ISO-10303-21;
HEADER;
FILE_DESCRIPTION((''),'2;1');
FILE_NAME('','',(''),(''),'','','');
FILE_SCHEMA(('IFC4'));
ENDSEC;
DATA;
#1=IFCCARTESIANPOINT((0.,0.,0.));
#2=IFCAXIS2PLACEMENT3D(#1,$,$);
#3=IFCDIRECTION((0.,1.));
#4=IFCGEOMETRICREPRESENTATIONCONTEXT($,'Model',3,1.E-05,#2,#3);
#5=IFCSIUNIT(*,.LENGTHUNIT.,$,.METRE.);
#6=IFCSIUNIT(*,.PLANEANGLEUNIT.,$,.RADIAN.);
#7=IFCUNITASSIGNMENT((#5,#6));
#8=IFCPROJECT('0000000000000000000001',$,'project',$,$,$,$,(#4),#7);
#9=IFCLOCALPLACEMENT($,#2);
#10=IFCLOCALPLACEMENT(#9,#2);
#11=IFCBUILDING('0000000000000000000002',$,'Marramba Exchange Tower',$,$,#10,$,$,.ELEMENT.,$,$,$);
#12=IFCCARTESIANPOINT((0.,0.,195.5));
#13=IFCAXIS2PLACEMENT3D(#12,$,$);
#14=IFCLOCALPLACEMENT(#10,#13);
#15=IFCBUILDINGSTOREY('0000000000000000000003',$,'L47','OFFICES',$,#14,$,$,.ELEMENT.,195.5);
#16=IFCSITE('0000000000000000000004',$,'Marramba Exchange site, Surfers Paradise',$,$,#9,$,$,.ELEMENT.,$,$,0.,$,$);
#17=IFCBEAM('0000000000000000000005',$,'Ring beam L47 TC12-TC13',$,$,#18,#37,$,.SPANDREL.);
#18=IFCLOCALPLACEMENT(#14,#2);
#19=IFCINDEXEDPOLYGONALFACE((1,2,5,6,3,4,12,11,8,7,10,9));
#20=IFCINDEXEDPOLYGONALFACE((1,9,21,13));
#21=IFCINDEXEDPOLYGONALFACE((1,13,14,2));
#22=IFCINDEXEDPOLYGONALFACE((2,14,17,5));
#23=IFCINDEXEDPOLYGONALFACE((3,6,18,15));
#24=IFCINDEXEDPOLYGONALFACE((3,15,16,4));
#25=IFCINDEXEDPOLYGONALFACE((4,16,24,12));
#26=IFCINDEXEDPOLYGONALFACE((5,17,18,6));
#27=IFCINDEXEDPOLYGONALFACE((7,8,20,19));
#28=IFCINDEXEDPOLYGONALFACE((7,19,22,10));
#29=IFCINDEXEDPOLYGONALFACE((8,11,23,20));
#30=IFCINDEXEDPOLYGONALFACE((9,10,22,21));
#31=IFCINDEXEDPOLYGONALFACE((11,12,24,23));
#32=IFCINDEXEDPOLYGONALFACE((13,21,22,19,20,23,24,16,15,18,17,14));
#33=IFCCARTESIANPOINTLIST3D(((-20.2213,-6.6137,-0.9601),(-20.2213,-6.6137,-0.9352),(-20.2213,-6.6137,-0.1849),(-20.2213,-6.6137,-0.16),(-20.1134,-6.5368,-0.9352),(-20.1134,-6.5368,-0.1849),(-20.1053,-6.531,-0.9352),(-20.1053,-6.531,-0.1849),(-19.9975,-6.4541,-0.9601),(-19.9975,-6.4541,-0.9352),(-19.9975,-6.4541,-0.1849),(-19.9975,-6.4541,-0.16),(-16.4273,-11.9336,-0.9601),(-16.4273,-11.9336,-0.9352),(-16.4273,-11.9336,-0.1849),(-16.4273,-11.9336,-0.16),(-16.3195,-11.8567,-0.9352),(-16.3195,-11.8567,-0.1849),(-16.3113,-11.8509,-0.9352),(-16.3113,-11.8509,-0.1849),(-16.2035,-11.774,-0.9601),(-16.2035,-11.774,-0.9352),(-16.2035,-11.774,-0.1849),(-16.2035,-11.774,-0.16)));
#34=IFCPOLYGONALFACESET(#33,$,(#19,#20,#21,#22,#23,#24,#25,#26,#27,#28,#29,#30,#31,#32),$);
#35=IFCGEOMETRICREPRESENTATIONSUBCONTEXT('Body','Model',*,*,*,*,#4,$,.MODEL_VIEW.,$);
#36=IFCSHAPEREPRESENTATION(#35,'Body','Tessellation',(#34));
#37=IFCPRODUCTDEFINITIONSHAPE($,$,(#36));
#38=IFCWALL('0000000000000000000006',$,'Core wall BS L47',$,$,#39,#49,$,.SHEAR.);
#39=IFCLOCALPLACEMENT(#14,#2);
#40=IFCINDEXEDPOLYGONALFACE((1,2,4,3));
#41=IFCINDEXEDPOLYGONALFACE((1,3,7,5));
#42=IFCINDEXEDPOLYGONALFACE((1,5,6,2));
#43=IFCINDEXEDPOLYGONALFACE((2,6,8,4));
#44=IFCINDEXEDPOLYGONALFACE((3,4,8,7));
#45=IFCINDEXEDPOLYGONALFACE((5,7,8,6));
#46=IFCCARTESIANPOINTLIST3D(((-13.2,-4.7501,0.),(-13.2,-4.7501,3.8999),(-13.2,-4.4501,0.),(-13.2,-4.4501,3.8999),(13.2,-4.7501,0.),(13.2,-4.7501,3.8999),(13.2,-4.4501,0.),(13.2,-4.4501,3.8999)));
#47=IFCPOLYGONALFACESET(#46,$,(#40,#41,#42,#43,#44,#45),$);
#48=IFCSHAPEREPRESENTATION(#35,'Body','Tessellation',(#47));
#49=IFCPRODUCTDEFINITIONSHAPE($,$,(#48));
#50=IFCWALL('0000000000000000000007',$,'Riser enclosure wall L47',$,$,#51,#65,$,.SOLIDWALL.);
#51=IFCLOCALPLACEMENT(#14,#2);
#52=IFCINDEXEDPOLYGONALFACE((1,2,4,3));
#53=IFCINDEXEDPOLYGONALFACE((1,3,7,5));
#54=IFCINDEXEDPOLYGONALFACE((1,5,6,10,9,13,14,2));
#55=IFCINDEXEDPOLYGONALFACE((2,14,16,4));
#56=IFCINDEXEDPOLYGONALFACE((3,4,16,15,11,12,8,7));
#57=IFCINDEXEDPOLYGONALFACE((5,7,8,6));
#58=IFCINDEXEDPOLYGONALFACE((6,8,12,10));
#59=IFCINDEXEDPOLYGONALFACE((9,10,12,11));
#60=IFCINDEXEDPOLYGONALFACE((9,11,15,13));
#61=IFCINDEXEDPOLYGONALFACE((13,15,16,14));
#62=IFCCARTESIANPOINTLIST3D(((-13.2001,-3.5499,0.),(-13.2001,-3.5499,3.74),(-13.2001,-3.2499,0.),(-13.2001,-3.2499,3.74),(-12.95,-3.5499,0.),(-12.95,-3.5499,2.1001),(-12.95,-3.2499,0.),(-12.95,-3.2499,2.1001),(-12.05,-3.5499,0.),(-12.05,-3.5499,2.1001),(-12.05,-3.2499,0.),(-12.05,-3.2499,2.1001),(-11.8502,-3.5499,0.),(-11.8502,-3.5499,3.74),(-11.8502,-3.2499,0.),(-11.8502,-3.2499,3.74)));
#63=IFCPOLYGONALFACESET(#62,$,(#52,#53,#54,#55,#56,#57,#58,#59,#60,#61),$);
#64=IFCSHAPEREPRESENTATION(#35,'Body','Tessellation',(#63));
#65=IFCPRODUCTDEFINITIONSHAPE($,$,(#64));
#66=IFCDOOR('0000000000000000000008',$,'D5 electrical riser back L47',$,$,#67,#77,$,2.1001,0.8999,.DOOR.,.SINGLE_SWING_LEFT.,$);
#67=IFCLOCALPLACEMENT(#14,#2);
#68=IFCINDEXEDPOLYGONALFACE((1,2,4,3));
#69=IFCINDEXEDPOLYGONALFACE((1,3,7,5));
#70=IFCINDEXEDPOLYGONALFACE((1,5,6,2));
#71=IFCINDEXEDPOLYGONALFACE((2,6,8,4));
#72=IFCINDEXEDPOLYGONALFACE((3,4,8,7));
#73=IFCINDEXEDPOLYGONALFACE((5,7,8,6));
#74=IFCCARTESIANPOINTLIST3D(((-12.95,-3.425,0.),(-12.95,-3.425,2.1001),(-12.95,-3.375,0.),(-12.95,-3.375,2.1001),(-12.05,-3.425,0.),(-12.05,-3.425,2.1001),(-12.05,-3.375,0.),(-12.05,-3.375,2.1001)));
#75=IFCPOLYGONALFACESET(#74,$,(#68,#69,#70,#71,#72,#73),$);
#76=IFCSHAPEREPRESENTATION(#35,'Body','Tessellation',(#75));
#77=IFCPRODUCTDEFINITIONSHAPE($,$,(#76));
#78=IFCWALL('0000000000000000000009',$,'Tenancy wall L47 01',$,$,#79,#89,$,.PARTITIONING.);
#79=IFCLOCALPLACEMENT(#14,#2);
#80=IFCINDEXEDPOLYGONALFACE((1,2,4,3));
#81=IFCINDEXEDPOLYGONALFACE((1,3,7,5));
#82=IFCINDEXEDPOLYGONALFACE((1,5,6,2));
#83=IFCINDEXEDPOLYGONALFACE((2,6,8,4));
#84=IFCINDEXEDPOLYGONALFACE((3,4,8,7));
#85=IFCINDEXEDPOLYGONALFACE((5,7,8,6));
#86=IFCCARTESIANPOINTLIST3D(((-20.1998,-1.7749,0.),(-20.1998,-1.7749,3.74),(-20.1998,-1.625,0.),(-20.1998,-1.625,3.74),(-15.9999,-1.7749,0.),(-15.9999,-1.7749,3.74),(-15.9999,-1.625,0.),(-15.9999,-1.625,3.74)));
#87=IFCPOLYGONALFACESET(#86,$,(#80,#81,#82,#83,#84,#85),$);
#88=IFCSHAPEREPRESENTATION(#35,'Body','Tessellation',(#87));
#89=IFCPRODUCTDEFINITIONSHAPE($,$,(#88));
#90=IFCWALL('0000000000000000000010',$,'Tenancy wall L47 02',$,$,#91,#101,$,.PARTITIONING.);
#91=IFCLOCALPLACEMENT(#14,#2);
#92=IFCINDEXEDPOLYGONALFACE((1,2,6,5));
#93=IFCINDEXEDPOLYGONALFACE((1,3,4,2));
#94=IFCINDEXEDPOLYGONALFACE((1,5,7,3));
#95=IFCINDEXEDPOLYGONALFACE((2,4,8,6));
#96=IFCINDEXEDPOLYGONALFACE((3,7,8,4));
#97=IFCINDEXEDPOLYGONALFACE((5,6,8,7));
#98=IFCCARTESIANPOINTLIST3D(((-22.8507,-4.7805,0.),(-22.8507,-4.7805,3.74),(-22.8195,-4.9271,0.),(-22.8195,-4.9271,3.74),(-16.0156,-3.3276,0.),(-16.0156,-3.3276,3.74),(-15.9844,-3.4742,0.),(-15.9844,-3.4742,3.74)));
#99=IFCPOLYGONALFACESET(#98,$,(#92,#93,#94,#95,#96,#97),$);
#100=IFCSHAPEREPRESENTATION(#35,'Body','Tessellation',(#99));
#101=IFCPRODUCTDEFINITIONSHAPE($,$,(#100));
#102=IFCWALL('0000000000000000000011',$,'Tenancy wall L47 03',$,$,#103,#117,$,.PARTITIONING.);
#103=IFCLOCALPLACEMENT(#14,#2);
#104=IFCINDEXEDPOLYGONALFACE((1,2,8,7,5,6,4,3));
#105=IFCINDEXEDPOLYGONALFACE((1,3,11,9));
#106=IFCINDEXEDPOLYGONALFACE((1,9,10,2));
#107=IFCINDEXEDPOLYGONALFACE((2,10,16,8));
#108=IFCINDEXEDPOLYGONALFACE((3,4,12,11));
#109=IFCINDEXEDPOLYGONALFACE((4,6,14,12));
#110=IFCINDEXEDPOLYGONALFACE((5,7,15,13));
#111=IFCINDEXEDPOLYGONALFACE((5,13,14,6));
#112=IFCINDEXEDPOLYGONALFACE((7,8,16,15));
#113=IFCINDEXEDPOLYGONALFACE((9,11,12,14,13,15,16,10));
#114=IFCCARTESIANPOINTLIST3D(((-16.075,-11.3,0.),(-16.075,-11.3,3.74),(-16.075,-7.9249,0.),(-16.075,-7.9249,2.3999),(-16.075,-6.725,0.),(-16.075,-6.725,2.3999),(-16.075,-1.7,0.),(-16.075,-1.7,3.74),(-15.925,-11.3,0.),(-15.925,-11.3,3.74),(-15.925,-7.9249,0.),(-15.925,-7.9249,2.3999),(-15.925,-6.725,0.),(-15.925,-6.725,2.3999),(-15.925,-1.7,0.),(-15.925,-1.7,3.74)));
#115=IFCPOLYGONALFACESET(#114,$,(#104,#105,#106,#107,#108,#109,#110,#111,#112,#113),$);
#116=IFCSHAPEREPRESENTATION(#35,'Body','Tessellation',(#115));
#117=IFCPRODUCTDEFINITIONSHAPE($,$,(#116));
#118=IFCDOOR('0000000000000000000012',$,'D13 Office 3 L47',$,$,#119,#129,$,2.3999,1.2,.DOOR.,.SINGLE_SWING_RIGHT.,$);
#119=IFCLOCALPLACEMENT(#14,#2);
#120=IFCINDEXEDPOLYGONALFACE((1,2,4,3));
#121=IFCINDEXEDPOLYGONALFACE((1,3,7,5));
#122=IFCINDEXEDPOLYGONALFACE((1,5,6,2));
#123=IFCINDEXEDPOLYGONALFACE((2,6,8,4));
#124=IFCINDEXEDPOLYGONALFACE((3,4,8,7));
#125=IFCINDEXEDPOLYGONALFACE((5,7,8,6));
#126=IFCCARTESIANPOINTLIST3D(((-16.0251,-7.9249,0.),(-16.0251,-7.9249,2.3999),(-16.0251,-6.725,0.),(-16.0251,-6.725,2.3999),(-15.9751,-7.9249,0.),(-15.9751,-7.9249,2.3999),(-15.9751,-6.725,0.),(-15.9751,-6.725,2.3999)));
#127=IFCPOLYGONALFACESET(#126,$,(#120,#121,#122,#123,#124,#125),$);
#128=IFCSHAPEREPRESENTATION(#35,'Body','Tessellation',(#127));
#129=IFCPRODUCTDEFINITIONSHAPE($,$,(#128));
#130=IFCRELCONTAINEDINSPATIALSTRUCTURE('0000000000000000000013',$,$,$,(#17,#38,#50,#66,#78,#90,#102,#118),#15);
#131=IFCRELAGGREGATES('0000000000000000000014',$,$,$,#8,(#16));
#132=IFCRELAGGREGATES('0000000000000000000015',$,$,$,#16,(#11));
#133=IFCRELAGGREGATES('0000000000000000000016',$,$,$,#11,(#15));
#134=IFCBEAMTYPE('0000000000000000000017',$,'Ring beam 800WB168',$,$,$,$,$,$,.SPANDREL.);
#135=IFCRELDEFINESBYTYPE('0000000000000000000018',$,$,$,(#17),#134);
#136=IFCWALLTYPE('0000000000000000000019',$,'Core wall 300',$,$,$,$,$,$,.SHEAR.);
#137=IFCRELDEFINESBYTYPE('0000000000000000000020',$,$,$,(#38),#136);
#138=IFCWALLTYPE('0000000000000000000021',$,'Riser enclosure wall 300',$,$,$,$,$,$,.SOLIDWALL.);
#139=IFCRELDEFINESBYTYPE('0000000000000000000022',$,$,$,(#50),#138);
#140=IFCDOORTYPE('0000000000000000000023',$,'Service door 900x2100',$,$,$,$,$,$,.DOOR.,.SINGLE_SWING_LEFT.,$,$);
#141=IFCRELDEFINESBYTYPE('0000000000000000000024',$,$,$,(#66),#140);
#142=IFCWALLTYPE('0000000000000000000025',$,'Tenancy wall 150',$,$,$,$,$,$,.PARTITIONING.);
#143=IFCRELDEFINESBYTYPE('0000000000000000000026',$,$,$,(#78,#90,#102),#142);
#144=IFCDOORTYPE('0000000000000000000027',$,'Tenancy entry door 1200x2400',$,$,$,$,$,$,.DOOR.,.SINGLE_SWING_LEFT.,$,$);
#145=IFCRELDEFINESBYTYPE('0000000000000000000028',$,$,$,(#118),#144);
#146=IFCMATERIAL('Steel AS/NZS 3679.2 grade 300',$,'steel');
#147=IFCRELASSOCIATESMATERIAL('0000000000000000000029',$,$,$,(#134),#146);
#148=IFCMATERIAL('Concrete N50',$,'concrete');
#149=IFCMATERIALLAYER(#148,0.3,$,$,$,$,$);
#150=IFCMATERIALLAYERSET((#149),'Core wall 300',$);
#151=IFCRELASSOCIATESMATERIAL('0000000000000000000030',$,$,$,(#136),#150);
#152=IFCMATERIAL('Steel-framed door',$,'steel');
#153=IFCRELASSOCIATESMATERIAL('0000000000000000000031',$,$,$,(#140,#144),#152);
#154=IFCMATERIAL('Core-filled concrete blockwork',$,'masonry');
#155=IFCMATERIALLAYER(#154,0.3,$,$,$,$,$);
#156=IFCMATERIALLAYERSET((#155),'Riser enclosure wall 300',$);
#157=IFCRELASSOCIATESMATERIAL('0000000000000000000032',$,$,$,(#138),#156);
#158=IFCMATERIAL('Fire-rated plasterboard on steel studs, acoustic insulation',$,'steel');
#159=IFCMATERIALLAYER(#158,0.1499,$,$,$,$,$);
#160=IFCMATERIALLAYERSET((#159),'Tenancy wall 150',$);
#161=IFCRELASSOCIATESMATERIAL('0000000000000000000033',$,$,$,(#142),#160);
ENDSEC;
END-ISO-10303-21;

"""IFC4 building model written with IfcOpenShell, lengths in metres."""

from ifc_helpers import new_model, si_unit, direction, frame, frame_2d, origin, origin_2d, place, context, subcontext, project, spatial, rectangle, i_section, extrude, material, layer, layer_set, material_profile, profile_set, type_object, element, fill, save


model = new_model("IFC4")

# Units and contexts
model_context = context("Model", 3, precision=1e-05, world=origin(), true_north=direction((0.0, 1.0)))
body_context = subcontext(model_context, "Body", "Model", "MODEL_VIEW")
ifc_project = project(units=[si_unit("LENGTHUNIT", "METRE"), si_unit("PLANEANGLEUNIT", "RADIAN")], contexts=[model_context])

# Site, building, storey
site_placement = place(None, origin())
site = spatial("IfcSite", under=ifc_project, at=site_placement, Name="Marramba Exchange site, Surfers Paradise", CompositionType="ELEMENT", RefElevation=0.0)
building_placement = place(site_placement, origin())
building = spatial("IfcBuilding", under=site, at=building_placement, Name="Marramba Exchange Tower", CompositionType="ELEMENT")
storey_placement = place(building_placement, frame((0.0, 0.0, 195.5)))
storey = spatial("IfcBuildingStorey", under=building, at=storey_placement, Name="L47", Description="OFFICES", CompositionType="ELEMENT", Elevation=195.5)

# Shared definitions
ifc_material_1 = material(Name="Concrete N50", Category="concrete")

# Beam
ifc_material_2 = material(Name="Steel AS/NZS 3679.2 grade 300", Category="steel")
ifc_material_profile_1 = material_profile(ifc_material_2, i_section(OverallWidth=0.2749, OverallDepth=0.8, WebThickness=0.01, FlangeThickness=0.0249, at=origin_2d()), Name="800WB168")
ifc_profile_set_1 = profile_set([ifc_material_profile_1], Name="Steel AS/NZS 3679.2 grade 300")
beam_type_1 = type_object("IfcBeamType", Name="Ring beam 800WB168", PredefinedType="SPANDREL", material=ifc_profile_set_1)
beam_1_placement = place(storey_placement, frame((-20.1094, -6.5339, -0.5601), z_axis=(0.580637, -0.814162, 0.0), x_axis=(0.814162, 0.580637, 0.0)))
element("IfcBeam", 1, at=beam_1_placement, inside=storey, type_object=beam_type_1, Name="Ring beam L47 TC12-TC13", PredefinedType="SPANDREL", context=body_context, shape_type="SweptSolid", body=[
    extrude(i_section(OverallWidth=0.2749, OverallDepth=0.8, WebThickness=0.01, FlangeThickness=0.0249, at=origin_2d()), origin(), (0.0, 0.0, 1.0), 6.5342),
])

# Shared definitions
ifc_layer_1 = layer(ifc_material_1, 0.3)
ifc_layer_set_1 = layer_set([ifc_layer_1], Name="Core wall 300")
wall_type_1 = type_object("IfcWallType", Name="Core wall 300", PredefinedType="SHEAR", material=ifc_layer_set_1)
ifc_material_3 = material(Name="Steel-framed door", Category="steel")
door_type_1 = type_object("IfcDoorType", Name="Service door 900x2100", OperationType="SINGLE_SWING_LEFT", PredefinedType="DOOR", material=ifc_material_3)

# Wall
wall_1_placement = place(storey_placement, frame((-13.2, -4.6001, 0.0), z_axis=(0.0, 0.0, 1.0), x_axis=(1.0, 0.0, 0.0)))
element("IfcWall", 2, at=wall_1_placement, inside=storey, type_object=wall_type_1, Name="Core wall BS L47", PredefinedType="SHEAR", context=body_context, shape_type="SweptSolid", body=[
    extrude(rectangle(XDim=26.3999, YDim=0.3, at=frame_2d((13.2, 0.0))), origin(), (0.0, 0.0, 1.0), 3.8999),
])

# Wall, opening, door
ifc_material_4 = material(Name="Core-filled concrete blockwork", Category="masonry")
ifc_layer_2 = layer(ifc_material_4, 0.3)
ifc_layer_set_2 = layer_set([ifc_layer_2], Name="Riser enclosure wall 300")
wall_type_2 = type_object("IfcWallType", Name="Riser enclosure wall 300", PredefinedType="SOLIDWALL", material=ifc_layer_set_2)
wall_2_placement = place(storey_placement, frame((-13.2, -3.3999, 0.0), z_axis=(0.0, 0.0, 1.0), x_axis=(1.0, 0.0, 0.0)))
wall_2 = element("IfcWall", 3, at=wall_2_placement, inside=storey, type_object=wall_type_2, Name="Riser enclosure wall L47", PredefinedType="SOLIDWALL", context=body_context, shape_type="SweptSolid", body=[
    extrude(rectangle(XDim=1.3499, YDim=0.3, at=frame_2d((0.6748, 0.0))), origin(), (0.0, 0.0, 1.0), 3.74),
])
opening_1_placement = place(wall_2_placement, frame((0.25, 0.0, 0.0)))
opening_1 = element("IfcOpeningElement", 4, at=opening_1_placement, cuts=wall_2, PredefinedType="OPENING", context=body_context, shape_type="SweptSolid", body=[
    extrude(rectangle(XDim=0.8999, YDim=2.1001, at=frame_2d((0.45, 1.05))), frame((0.0, 0.1599, 0.0), z_axis=(0.0, -1.0, 0.0), x_axis=(1.0, 0.0, 0.0)), (0.0, 0.0, 1.0), 0.3201),
])
door_1_placement = place(opening_1_placement, frame((0.8999, 0.0, 0.0), z_axis=(0.0, 0.0, 1.0), x_axis=(-1.0, 0.0, 0.0)))
door_1 = element("IfcDoor", 5, at=door_1_placement, inside=storey, type_object=door_type_1, Name="D5 electrical riser back L47", OperationType="SINGLE_SWING_LEFT", OverallHeight=2.1001, OverallWidth=0.8999, PredefinedType="DOOR", context=body_context, shape_type="SweptSolid", body=[
    extrude(rectangle(XDim=0.8999, YDim=2.1001, at=frame_2d((0.45, 1.05))), frame((0.0, 0.0251, 0.0), z_axis=(0.0, -1.0, 0.0), x_axis=(1.0, 0.0, 0.0)), (0.0, 0.0, 1.0), 0.05),
])
fill(opening_1, door_1)

# Walls
ifc_material_5 = material(Name="Fire-rated plasterboard on steel studs, acoustic insulation", Category="steel")
ifc_layer_3 = layer(ifc_material_5, 0.1499)
ifc_layer_set_3 = layer_set([ifc_layer_3], Name="Tenancy wall 150")
wall_type_3 = type_object("IfcWallType", Name="Tenancy wall 150", PredefinedType="PARTITIONING", material=ifc_layer_set_3)
wall_3_placement = place(storey_placement, frame((-20.2, -1.7, 0.0), z_axis=(0.0, 0.0, 1.0), x_axis=(1.0, 0.0, 0.0)))
element("IfcWall", 6, at=wall_3_placement, inside=storey, type_object=wall_type_3, Name="Tenancy wall L47 01", PredefinedType="PARTITIONING", context=body_context, shape_type="SweptSolid", body=[
    extrude(rectangle(XDim=4.2, YDim=0.1499, at=frame_2d((2.1001, 0.0))), origin(), (0.0, 0.0, 1.0), 3.74),
])
wall_4_placement = place(storey_placement, frame((-16.0, -3.4009, 0.0), z_axis=(0.0, 0.0, 1.0), x_axis=(-0.978146, -0.207921, 0.0)))
element("IfcWall", 7, at=wall_4_placement, inside=storey, type_object=wall_type_3, Name="Tenancy wall L47 02", PredefinedType="PARTITIONING", context=body_context, shape_type="SweptSolid", body=[
    extrude(rectangle(XDim=6.9878, YDim=0.1499, at=frame_2d((3.4939, 0.0))), origin(), (0.0, 0.0, 1.0), 3.74),
])

# Wall, opening, door
wall_5_placement = place(storey_placement, frame((-16.0, -1.7, 0.0), z_axis=(0.0, 0.0, 1.0), x_axis=(0.0, -1.0, 0.0)))
wall_5 = element("IfcWall", 8, at=wall_5_placement, inside=storey, type_object=wall_type_3, Name="Tenancy wall L47 03", PredefinedType="PARTITIONING", context=body_context, shape_type="SweptSolid", body=[
    extrude(rectangle(XDim=9.6001, YDim=0.1499, at=frame_2d((4.8, 0.0))), origin(), (0.0, 0.0, 1.0), 3.74),
])
opening_2_placement = place(wall_5_placement, frame((5.0249, 0.0, 0.0)))
opening_2 = element("IfcOpeningElement", 9, at=opening_2_placement, cuts=wall_5, PredefinedType="OPENING", context=body_context, shape_type="SweptSolid", body=[
    extrude(rectangle(XDim=1.2, YDim=2.3999, at=frame_2d((0.6001, 1.2))), frame((0.0, 0.085, 0.0), z_axis=(0.0, -1.0, 0.0), x_axis=(1.0, 0.0, 0.0)), (0.0, 0.0, 1.0), 0.1699),
])
door_type_2 = type_object("IfcDoorType", Name="Tenancy entry door 1200x2400", OperationType="SINGLE_SWING_LEFT", PredefinedType="DOOR", material=ifc_material_3)
door_2_placement = place(opening_2_placement, origin())
door_2 = element("IfcDoor", 10, at=door_2_placement, inside=storey, type_object=door_type_2, Name="D13 Office 3 L47", OperationType="SINGLE_SWING_RIGHT", OverallHeight=2.3999, OverallWidth=1.2, PredefinedType="DOOR", context=body_context, shape_type="SweptSolid", body=[
    extrude(rectangle(XDim=1.2, YDim=2.3999, at=frame_2d((0.6001, 1.2))), frame((0.0, 0.0249, 0.0), z_axis=(0.0, -1.0, 0.0), x_axis=(1.0, 0.0, 0.0)), (0.0, 0.0, 1.0), 0.05),
])
fill(opening_2, door_2)

save(model, "model.ifc")
